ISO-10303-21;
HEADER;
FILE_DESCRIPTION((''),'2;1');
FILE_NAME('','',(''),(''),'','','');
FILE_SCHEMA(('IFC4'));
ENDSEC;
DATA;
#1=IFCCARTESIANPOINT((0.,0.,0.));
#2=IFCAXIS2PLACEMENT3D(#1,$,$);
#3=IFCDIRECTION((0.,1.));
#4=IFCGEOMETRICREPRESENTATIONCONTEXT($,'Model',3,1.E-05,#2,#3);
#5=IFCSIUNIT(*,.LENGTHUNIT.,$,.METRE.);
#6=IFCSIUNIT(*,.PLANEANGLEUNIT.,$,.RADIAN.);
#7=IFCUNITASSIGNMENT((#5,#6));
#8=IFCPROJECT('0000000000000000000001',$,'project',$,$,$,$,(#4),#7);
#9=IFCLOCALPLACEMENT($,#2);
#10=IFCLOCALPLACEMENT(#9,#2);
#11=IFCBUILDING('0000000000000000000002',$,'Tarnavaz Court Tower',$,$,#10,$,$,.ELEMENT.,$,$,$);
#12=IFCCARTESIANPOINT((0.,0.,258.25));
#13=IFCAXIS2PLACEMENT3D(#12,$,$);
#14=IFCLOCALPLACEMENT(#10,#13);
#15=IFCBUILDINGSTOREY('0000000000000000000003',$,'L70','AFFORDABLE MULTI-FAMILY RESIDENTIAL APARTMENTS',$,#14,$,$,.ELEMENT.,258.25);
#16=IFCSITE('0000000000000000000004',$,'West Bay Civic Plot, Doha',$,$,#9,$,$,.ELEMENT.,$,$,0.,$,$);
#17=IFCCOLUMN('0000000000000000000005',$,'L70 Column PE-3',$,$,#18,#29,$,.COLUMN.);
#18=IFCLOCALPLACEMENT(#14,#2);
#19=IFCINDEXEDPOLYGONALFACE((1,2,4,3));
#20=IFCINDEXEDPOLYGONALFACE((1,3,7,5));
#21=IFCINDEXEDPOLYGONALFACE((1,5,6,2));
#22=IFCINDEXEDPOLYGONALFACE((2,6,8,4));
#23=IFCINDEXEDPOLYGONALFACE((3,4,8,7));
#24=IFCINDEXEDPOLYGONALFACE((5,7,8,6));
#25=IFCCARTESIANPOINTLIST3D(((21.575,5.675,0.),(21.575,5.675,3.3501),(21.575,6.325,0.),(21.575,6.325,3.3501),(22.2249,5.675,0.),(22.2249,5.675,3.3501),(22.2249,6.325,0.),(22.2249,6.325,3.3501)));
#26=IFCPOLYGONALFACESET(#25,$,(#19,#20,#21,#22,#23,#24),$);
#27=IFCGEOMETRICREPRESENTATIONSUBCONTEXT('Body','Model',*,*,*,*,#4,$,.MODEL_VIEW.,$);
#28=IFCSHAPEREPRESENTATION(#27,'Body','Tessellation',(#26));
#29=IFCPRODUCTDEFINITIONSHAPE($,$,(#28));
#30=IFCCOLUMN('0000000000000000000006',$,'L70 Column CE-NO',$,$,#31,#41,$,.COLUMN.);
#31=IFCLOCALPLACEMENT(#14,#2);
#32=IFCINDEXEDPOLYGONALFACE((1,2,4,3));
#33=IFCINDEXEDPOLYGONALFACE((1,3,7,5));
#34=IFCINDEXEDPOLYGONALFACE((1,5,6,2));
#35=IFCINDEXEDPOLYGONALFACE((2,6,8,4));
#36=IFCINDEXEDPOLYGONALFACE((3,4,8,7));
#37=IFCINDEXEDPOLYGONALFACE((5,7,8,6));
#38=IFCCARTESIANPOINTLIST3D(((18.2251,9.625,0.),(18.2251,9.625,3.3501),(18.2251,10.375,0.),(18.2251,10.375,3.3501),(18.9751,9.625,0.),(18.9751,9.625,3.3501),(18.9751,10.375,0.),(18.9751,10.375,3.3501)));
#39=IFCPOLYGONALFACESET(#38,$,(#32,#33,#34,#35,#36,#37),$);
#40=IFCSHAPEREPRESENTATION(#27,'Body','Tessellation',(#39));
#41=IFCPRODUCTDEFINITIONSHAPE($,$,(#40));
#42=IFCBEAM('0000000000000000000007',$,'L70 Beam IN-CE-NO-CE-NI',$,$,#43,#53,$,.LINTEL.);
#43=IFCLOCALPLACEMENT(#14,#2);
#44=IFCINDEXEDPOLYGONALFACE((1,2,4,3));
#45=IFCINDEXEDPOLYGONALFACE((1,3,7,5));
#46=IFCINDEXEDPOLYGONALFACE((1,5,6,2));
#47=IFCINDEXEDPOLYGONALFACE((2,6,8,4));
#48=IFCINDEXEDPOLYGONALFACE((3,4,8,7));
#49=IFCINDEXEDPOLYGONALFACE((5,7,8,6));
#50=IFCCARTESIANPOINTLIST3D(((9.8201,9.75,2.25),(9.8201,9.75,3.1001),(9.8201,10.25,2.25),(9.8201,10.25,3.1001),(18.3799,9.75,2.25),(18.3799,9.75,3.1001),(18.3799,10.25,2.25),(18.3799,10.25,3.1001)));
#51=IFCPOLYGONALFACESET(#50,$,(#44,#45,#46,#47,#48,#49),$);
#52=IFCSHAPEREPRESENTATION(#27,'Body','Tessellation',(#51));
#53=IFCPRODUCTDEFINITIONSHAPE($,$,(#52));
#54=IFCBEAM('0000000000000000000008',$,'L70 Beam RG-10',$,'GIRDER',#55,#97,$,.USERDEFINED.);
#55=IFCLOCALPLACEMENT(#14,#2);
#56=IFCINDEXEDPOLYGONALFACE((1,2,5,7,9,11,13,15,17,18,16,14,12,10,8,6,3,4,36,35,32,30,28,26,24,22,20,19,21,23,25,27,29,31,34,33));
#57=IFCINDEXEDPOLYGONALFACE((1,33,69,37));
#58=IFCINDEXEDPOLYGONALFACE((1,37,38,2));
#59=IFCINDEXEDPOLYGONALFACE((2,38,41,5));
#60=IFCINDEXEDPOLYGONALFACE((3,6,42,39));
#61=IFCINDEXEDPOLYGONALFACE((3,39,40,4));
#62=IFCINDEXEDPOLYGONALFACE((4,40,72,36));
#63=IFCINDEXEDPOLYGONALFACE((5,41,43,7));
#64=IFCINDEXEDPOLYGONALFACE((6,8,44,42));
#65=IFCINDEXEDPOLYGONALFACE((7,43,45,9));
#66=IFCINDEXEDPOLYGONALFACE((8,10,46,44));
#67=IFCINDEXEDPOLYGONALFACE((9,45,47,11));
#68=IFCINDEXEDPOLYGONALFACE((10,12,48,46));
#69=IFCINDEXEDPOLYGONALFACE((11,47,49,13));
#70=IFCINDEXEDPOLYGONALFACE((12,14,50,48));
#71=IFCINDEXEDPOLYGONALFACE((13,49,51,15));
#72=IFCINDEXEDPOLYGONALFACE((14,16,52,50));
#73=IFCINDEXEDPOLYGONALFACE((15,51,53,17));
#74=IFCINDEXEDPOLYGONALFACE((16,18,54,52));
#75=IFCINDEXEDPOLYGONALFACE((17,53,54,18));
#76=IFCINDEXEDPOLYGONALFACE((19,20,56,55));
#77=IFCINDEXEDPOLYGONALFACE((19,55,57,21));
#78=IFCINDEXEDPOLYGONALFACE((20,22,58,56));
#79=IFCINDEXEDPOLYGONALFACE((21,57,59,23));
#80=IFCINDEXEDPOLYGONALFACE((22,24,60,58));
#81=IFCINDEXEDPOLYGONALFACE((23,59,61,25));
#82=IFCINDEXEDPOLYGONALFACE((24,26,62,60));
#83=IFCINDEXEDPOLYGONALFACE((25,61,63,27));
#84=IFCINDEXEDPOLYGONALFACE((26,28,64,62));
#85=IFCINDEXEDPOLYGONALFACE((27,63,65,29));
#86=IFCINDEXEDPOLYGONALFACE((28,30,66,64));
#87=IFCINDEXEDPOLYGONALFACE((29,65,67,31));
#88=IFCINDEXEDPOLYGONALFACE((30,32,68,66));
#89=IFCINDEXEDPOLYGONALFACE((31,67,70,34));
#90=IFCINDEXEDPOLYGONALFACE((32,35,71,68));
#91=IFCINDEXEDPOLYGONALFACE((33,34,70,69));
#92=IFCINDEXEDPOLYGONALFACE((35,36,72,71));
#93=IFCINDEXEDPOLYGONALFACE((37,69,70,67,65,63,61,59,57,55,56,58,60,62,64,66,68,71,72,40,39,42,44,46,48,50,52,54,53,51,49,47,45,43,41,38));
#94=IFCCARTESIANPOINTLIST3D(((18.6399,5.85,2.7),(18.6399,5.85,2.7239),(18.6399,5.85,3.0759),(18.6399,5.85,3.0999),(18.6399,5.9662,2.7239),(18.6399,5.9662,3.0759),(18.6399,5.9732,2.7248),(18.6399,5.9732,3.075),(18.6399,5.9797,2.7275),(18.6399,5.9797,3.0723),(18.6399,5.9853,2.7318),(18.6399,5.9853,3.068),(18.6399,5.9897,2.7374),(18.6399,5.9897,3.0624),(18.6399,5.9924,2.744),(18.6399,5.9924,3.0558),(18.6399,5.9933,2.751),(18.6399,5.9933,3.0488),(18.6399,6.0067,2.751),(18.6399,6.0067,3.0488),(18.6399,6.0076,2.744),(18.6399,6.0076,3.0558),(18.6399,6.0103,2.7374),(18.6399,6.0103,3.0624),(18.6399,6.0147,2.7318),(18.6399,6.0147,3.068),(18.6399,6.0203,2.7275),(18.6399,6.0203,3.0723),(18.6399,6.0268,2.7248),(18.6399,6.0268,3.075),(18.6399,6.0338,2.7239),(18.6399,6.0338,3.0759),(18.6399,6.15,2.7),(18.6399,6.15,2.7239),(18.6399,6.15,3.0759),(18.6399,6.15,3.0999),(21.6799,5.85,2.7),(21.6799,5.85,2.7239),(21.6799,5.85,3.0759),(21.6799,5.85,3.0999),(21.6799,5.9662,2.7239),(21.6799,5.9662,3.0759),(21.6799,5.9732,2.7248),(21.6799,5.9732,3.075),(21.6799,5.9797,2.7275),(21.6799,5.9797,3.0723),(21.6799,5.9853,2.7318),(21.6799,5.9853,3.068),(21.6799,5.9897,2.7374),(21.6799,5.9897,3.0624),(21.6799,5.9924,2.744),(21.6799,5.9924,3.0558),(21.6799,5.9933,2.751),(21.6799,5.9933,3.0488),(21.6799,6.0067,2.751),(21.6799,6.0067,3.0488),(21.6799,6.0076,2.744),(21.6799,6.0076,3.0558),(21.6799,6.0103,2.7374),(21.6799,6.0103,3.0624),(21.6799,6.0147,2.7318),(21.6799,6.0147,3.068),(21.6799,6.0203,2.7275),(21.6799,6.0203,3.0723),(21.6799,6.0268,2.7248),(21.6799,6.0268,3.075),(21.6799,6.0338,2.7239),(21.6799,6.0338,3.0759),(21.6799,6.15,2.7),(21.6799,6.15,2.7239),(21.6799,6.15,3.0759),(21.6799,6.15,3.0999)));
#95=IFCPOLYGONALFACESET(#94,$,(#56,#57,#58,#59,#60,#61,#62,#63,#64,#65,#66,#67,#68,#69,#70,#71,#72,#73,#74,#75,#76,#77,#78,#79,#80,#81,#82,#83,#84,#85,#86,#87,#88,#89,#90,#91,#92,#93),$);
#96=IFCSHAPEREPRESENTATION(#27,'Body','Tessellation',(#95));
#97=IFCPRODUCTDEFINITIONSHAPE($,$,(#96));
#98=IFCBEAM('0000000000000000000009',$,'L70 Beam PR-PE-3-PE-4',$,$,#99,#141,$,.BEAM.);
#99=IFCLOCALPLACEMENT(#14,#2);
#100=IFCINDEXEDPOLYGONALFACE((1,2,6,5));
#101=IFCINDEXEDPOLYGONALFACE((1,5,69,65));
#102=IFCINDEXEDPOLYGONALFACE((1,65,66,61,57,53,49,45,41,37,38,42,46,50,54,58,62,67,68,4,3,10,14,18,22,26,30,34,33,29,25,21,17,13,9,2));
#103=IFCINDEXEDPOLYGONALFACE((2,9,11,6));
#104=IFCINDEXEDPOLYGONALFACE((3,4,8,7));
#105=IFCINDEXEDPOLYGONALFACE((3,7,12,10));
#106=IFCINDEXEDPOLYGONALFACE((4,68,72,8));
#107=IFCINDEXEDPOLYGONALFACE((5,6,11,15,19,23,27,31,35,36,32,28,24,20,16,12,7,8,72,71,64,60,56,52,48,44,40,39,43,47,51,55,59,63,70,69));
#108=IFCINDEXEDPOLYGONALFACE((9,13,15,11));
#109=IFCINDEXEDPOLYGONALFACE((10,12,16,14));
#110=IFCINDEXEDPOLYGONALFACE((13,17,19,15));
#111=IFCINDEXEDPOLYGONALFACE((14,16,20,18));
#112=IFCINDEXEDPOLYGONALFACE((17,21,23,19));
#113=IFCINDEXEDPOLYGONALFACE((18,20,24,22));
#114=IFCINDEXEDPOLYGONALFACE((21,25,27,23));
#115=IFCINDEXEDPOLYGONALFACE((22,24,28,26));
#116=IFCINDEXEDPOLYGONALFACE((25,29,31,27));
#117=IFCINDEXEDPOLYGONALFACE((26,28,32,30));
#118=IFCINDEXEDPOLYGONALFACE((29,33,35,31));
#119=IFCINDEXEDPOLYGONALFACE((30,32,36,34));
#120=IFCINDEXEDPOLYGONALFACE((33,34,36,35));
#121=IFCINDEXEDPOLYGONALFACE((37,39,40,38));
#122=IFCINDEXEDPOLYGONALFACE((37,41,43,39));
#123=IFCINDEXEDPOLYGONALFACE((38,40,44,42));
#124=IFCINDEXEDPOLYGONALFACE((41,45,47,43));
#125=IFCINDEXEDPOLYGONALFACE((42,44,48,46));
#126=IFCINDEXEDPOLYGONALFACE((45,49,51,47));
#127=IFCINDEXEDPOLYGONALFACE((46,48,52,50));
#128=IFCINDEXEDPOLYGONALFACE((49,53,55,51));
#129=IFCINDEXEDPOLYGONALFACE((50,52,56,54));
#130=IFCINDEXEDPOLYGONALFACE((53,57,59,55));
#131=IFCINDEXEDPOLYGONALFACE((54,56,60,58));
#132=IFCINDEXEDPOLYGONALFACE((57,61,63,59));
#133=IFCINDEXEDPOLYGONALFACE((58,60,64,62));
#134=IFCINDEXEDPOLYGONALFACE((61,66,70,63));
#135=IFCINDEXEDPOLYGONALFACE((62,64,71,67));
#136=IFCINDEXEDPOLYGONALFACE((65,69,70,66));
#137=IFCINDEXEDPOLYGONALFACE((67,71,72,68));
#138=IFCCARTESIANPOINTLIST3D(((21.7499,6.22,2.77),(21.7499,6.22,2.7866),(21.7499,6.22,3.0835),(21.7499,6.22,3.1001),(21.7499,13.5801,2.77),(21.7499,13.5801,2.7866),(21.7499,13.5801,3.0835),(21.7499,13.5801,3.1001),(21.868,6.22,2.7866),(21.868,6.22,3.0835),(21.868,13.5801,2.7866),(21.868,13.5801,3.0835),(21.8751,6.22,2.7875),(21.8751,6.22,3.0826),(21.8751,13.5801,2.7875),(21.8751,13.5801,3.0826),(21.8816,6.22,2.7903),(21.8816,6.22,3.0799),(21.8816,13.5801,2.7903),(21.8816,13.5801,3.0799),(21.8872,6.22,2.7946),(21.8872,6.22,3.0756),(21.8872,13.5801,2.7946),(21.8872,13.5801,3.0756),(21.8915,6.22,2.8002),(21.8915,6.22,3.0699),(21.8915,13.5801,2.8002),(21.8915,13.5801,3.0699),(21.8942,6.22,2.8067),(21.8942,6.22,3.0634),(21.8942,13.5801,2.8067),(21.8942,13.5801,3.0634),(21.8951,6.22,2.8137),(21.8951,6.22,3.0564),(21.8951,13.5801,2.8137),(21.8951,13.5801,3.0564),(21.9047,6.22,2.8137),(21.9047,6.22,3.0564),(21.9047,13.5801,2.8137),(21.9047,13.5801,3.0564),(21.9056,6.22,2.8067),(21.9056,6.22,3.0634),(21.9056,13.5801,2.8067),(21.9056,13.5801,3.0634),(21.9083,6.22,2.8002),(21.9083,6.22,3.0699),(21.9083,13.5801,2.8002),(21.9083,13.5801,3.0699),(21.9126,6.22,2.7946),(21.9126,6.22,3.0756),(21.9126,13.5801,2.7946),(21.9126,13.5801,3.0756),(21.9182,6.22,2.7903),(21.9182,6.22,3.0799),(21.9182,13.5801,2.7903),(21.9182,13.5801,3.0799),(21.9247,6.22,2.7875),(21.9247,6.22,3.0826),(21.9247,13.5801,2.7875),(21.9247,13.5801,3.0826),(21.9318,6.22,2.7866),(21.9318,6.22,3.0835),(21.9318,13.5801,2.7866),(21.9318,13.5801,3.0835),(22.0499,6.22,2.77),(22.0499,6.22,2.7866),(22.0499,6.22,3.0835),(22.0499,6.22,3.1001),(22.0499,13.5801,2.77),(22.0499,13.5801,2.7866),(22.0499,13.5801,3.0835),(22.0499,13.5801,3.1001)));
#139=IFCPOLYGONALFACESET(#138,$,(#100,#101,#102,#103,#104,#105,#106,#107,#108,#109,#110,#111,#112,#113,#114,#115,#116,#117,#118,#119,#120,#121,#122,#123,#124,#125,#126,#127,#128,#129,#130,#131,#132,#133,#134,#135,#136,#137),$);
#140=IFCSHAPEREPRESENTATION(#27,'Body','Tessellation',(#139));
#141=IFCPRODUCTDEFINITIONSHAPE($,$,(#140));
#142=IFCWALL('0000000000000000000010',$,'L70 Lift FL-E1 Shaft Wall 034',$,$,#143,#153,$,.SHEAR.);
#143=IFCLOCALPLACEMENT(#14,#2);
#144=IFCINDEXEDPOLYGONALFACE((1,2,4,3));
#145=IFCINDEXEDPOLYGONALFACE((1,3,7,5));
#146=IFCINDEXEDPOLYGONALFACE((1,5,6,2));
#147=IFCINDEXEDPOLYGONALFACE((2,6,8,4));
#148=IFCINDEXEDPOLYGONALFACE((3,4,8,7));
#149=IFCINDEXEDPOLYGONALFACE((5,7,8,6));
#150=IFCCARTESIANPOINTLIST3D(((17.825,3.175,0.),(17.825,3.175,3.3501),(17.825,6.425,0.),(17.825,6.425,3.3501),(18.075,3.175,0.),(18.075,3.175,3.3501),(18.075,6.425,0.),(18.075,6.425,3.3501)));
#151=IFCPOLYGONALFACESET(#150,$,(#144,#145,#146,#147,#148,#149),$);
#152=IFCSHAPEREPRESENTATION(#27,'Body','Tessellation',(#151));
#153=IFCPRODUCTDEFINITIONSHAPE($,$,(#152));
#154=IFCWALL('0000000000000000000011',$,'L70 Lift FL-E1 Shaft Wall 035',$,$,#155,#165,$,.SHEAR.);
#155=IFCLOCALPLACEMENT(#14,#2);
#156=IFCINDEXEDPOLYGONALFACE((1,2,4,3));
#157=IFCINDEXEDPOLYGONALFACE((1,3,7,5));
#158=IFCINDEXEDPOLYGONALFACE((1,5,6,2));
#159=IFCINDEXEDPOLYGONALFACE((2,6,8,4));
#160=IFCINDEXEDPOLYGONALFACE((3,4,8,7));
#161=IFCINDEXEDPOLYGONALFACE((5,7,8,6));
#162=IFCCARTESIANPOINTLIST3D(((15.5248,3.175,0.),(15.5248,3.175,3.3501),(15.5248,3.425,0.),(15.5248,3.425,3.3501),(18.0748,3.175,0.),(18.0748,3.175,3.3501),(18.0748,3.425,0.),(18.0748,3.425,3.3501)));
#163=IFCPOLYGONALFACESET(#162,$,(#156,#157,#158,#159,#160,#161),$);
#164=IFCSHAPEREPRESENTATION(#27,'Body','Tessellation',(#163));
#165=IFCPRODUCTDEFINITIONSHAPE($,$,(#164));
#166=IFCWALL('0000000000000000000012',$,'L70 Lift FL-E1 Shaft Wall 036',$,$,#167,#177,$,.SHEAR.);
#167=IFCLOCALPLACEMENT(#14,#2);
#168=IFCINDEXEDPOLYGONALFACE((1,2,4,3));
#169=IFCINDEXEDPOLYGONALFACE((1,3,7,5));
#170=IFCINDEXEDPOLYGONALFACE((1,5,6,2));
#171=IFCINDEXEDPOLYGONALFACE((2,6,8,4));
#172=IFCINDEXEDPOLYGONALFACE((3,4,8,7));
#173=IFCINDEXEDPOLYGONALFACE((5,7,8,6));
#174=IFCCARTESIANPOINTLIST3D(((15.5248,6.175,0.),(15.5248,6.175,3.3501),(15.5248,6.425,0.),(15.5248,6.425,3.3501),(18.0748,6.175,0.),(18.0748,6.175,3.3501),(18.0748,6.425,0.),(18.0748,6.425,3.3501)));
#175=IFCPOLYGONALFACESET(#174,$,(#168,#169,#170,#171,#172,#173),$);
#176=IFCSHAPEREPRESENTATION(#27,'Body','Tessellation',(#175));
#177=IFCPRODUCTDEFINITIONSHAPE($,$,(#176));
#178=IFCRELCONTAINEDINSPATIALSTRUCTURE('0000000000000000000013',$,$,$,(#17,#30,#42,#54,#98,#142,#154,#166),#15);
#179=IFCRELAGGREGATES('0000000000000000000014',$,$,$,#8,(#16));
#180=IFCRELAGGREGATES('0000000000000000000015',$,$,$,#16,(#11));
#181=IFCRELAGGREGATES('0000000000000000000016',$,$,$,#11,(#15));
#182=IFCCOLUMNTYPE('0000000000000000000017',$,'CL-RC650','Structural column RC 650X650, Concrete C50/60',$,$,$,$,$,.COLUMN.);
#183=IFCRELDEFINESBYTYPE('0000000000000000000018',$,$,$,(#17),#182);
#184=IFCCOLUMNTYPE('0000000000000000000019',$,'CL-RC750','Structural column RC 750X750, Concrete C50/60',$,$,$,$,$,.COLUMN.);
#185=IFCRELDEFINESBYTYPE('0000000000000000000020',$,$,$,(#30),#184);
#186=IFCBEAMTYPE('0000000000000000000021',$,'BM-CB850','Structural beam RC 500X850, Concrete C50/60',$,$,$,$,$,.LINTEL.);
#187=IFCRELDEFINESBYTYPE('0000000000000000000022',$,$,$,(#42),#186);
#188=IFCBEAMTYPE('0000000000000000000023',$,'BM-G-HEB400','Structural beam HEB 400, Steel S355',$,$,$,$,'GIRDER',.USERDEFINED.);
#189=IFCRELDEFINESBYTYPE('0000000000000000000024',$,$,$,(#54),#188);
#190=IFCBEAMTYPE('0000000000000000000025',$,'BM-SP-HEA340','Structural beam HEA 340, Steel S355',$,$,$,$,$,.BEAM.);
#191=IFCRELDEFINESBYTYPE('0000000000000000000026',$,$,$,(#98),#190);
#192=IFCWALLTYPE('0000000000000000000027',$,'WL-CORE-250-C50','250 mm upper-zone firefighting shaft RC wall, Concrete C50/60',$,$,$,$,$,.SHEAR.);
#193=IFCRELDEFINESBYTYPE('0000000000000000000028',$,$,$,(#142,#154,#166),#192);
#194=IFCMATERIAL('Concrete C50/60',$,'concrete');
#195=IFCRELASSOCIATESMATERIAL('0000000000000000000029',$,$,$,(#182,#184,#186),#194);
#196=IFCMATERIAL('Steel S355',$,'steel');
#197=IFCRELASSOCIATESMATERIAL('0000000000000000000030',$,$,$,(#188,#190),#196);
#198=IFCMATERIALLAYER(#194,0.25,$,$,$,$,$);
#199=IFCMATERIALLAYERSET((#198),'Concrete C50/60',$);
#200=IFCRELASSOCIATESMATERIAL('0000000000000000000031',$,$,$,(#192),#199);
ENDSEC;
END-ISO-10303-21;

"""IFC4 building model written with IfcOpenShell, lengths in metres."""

from ifc_helpers import new_model, si_unit, direction, frame, frame_2d, origin, origin_2d, place, context, subcontext, project, spatial, rectangle, i_section, extrude, material, layer, layer_set, material_profile, profile_set, type_object, element, save


model = new_model("IFC4")

# Units and contexts
model_context = context("Model", 3, precision=1e-05, world=origin(), true_north=direction((0.0, 1.0)))
body_context = subcontext(model_context, "Body", "Model", "MODEL_VIEW")
ifc_project = project(units=[si_unit("LENGTHUNIT", "METRE"), si_unit("PLANEANGLEUNIT", "RADIAN")], contexts=[model_context])

# Site, building, storey
site_placement = place(None, origin())
site = spatial("IfcSite", under=ifc_project, at=site_placement, Name="West Bay Civic Plot, Doha", CompositionType="ELEMENT", RefElevation=0.0)
building_placement = place(site_placement, origin())
building = spatial("IfcBuilding", under=site, at=building_placement, Name="Tarnavaz Court Tower", CompositionType="ELEMENT")
storey_placement = place(building_placement, frame((0.0, 0.0, 258.25)))
storey = spatial("IfcBuildingStorey", under=building, at=storey_placement, Name="L70", Description="AFFORDABLE MULTI-FAMILY RESIDENTIAL APARTMENTS", CompositionType="ELEMENT", Elevation=258.25)

# Columns
ifc_material_1 = material(Name="Concrete C50/60", Category="concrete")
ifc_material_profile_1 = material_profile(ifc_material_1, rectangle(XDim=0.6499, YDim=0.6499, at=origin_2d()), Name="RC 650X650")
ifc_profile_set_1 = profile_set([ifc_material_profile_1], Name="Concrete C50/60")
column_type_1 = type_object("IfcColumnType", Name="CL-RC650", Description="Structural column RC 650X650, Concrete C50/60", PredefinedType="COLUMN", material=ifc_profile_set_1)
column_1_placement = place(storey_placement, frame((21.8999, 6.0, 0.0), z_axis=(0.0, 0.0, 1.0), x_axis=(1.0, 0.0, 0.0)))
element("IfcColumn", 1, at=column_1_placement, inside=storey, type_object=column_type_1, Name="L70 Column PE-3", PredefinedType="COLUMN", context=body_context, shape_type="SweptSolid", body=[
    extrude(rectangle(XDim=0.6499, YDim=0.6499, at=origin_2d()), origin(), (0.0, 0.0, 1.0), 3.3501),
])
ifc_material_profile_2 = material_profile(ifc_material_1, rectangle(XDim=0.75, YDim=0.75, at=origin_2d()), Name="RC 750X750")
ifc_profile_set_2 = profile_set([ifc_material_profile_2], Name="Concrete C50/60")
column_type_2 = type_object("IfcColumnType", Name="CL-RC750", Description="Structural column RC 750X750, Concrete C50/60", PredefinedType="COLUMN", material=ifc_profile_set_2)
column_2_placement = place(storey_placement, frame((18.6001, 10.0, 0.0), z_axis=(0.0, 0.0, 1.0), x_axis=(1.0, 0.0, 0.0)))
element("IfcColumn", 2, at=column_2_placement, inside=storey, type_object=column_type_2, Name="L70 Column CE-NO", PredefinedType="COLUMN", context=body_context, shape_type="SweptSolid", body=[
    extrude(rectangle(XDim=0.75, YDim=0.75, at=origin_2d()), origin(), (0.0, 0.0, 1.0), 3.3501),
])

# Beams
ifc_material_profile_3 = material_profile(ifc_material_1, rectangle(XDim=0.5, YDim=0.8501, at=origin_2d()), Name="RC 500X850")
ifc_profile_set_3 = profile_set([ifc_material_profile_3], Name="Concrete C50/60")
beam_type_1 = type_object("IfcBeamType", Name="BM-CB850", Description="Structural beam RC 500X850, Concrete C50/60", PredefinedType="LINTEL", material=ifc_profile_set_3)
beam_1_placement = place(storey_placement, frame((18.3799, 10.0, 2.675), z_axis=(-1.0, 0.0, 0.0), x_axis=(0.0, -1.0, 0.0)))
element("IfcBeam", 3, at=beam_1_placement, inside=storey, type_object=beam_type_1, Name="L70 Beam IN-CE-NO-CE-NI", PredefinedType="LINTEL", context=body_context, shape_type="SweptSolid", body=[
    extrude(rectangle(XDim=0.5, YDim=0.8501, at=origin_2d()), origin(), (0.0, 0.0, 1.0), 8.5598),
])
ifc_material_2 = material(Name="Steel S355", Category="steel")
ifc_material_profile_4 = material_profile(ifc_material_2, i_section(OverallWidth=0.3, OverallDepth=0.3999, WebThickness=0.0134, FlangeThickness=0.0239, FilletRadius=0.0271, at=origin_2d()), Name="HEB 400")
ifc_profile_set_4 = profile_set([ifc_material_profile_4], Name="Steel S355")
beam_type_2 = type_object("IfcBeamType", Name="BM-G-HEB400", Description="Structural beam HEB 400, Steel S355", ElementType="GIRDER", PredefinedType="USERDEFINED", material=ifc_profile_set_4)
beam_2_placement = place(storey_placement, frame((18.6399, 6.0, 2.8999), z_axis=(1.0, 0.0, 0.0), x_axis=(0.0, 1.0, 0.0)))
element("IfcBeam", 4, at=beam_2_placement, inside=storey, type_object=beam_type_2, Name="L70 Beam RG-10", ObjectType="GIRDER", PredefinedType="USERDEFINED", context=body_context, shape_type="SweptSolid", body=[
    extrude(i_section(OverallWidth=0.3, OverallDepth=0.3999, WebThickness=0.0134, FlangeThickness=0.0239, FilletRadius=0.0271, at=origin_2d()), origin(), (0.0, 0.0, 1.0), 3.04),
])
ifc_material_profile_5 = material_profile(ifc_material_2, i_section(OverallWidth=0.3, OverallDepth=0.3301, WebThickness=0.0095, FlangeThickness=0.0166, FilletRadius=0.0271, at=origin_2d()), Name="HEA 340")
ifc_profile_set_5 = profile_set([ifc_material_profile_5], Name="Steel S355")
beam_type_3 = type_object("IfcBeamType", Name="BM-SP-HEA340", Description="Structural beam HEA 340, Steel S355", PredefinedType="BEAM", material=ifc_profile_set_5)
beam_3_placement = place(storey_placement, frame((21.8999, 6.22, 2.9351), z_axis=(0.0, 1.0, 0.0), x_axis=(-1.0, 0.0, 0.0)))
element("IfcBeam", 5, at=beam_3_placement, inside=storey, type_object=beam_type_3, Name="L70 Beam PR-PE-3-PE-4", PredefinedType="BEAM", context=body_context, shape_type="SweptSolid", body=[
    extrude(i_section(OverallWidth=0.3, OverallDepth=0.3301, WebThickness=0.0095, FlangeThickness=0.0166, FilletRadius=0.0271, at=origin_2d()), origin(), (0.0, 0.0, 1.0), 7.3601),
])

# Shared definitions
ifc_layer_1 = layer(ifc_material_1, 0.25)
ifc_layer_set_1 = layer_set([ifc_layer_1], Name="Concrete C50/60")
wall_type_1 = type_object("IfcWallType", Name="WL-CORE-250-C50", Description="250 mm upper-zone firefighting shaft RC wall, Concrete C50/60", PredefinedType="SHEAR", material=ifc_layer_set_1)

# Walls
wall_1_placement = place(storey_placement, frame((17.95, 3.175, 0.0), z_axis=(0.0, 0.0, 1.0), x_axis=(0.0, 1.0, 0.0)))
element("IfcWall", 6, at=wall_1_placement, inside=storey, type_object=wall_type_1, Name="L70 Lift FL-E1 Shaft Wall 034", PredefinedType="SHEAR", context=body_context, shape_type="SweptSolid", body=[
    extrude(rectangle(XDim=3.25, YDim=0.25, at=frame_2d((1.625, 0.0))), origin(), (0.0, 0.0, 1.0), 3.3501),
])
for number, where, z_axis, x_axis, name in (
    (7, (15.5249, 3.3, 0.0), (0.0, 0.0, 1.0), (1.0, 0.0, 0.0), "L70 Lift FL-E1 Shaft Wall 035"),
    (8, (15.5249, 6.3, 0.0), (0.0, 0.0, 1.0), (1.0, 0.0, 0.0), "L70 Lift FL-E1 Shaft Wall 036"),
):
    element("IfcWall", number, at=place(storey_placement, frame(where, z_axis=z_axis, x_axis=x_axis)), inside=storey, type_object=wall_type_1, Name=name, PredefinedType="SHEAR", context=body_context, shape_type="SweptSolid", body=[
        extrude(rectangle(XDim=2.55, YDim=0.25, at=frame_2d((1.2749, 0.0))), origin(), (0.0, 0.0, 1.0), 3.3501),
    ])

save(model, "model.ifc")
